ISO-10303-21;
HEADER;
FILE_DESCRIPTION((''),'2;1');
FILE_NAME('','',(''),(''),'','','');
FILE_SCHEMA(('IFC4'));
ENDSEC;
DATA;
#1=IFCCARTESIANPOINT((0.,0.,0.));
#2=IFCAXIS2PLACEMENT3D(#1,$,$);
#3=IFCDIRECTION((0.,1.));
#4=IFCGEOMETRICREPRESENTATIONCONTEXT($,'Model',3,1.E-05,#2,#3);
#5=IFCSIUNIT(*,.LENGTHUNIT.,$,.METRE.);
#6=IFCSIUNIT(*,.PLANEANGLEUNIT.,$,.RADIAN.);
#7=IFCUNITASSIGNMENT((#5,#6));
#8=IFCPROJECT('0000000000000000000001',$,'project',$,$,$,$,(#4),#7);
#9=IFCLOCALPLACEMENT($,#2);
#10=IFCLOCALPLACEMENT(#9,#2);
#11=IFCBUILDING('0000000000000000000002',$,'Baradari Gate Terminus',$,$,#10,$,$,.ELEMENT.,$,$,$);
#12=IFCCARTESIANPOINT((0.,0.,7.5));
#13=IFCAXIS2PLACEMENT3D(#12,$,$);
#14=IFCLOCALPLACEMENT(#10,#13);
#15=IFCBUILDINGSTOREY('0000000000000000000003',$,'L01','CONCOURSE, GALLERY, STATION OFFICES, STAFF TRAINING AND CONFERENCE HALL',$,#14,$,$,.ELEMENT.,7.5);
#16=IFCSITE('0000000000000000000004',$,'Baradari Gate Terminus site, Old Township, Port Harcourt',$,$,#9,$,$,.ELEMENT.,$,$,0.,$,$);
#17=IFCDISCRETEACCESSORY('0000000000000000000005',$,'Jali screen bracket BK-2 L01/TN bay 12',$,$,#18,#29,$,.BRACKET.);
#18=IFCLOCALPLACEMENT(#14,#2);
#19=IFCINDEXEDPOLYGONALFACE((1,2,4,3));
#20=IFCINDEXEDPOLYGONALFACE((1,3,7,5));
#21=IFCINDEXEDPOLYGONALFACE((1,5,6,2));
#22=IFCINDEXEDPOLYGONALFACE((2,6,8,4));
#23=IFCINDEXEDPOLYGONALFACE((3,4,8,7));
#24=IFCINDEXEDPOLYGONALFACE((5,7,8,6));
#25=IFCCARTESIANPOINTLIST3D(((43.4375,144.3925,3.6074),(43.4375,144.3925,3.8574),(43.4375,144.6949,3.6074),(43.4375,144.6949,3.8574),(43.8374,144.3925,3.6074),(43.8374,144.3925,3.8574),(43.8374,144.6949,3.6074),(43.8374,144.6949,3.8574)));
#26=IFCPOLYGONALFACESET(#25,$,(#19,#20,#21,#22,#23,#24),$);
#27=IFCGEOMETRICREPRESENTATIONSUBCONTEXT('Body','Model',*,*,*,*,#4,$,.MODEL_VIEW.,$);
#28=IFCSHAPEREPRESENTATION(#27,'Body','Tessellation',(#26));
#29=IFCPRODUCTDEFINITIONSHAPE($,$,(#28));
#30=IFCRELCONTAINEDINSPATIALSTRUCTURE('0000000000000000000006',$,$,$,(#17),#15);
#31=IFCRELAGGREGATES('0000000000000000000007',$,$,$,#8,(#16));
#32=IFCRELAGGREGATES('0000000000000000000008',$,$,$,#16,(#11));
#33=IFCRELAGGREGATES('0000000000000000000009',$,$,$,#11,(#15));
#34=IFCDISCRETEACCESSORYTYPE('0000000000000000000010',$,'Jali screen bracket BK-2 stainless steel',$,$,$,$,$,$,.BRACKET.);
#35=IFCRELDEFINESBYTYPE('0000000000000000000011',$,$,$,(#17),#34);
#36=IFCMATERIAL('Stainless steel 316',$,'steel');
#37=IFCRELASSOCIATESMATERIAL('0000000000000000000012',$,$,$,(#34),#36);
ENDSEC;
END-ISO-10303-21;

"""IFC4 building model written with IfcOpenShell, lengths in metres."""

from ifc_helpers import new_model, si_unit, direction, frame, origin, origin_2d, place, context, subcontext, project, spatial, rectangle, extrude, material, type_object, element, save


model = new_model("IFC4")

# Units and contexts
model_context = context("Model", 3, precision=1e-05, world=origin(), true_north=direction((0.0, 1.0)))
body_context = subcontext(model_context, "Body", "Model", "MODEL_VIEW")
ifc_project = project(units=[si_unit("LENGTHUNIT", "METRE"), si_unit("PLANEANGLEUNIT", "RADIAN")], contexts=[model_context])

# Site, building, storey
site_placement = place(None, origin())
site = spatial("IfcSite", under=ifc_project, at=site_placement, Name="Baradari Gate Terminus site, Old Township, Port Harcourt", CompositionType="ELEMENT", RefElevation=0.0)
building_placement = place(site_placement, origin())
building = spatial("IfcBuilding", under=site, at=building_placement, Name="Baradari Gate Terminus", CompositionType="ELEMENT")
storey_placement = place(building_placement, frame((0.0, 0.0, 7.5)))
storey = spatial("IfcBuildingStorey", under=building, at=storey_placement, Name="L01", Description="CONCOURSE, GALLERY, STATION OFFICES, STAFF TRAINING AND CONFERENCE HALL", CompositionType="ELEMENT", Elevation=7.5)

# Discrete accessory
ifc_material_1 = material(Name="Stainless steel 316", Category="steel")
discrete_accessory_type_1 = type_object("IfcDiscreteAccessoryType", Name="Jali screen bracket BK-2 stainless steel", PredefinedType="BRACKET", material=ifc_material_1)
for number, where, z_axis, x_axis, name in (
    (1, (43.6375, 144.5437, 3.6074), (0.0, 0.0, 1.0), (0.0, 1.0, 0.0), "Jali screen bracket BK-2 L01/TN bay 12"),
):
    element("IfcDiscreteAccessory", number, at=place(storey_placement, frame(where, z_axis=z_axis, x_axis=x_axis)), inside=storey, type_object=discrete_accessory_type_1, Name=name, PredefinedType="BRACKET", context=body_context, shape_type="SweptSolid", body=[
        extrude(rectangle(XDim=0.3025, YDim=0.3999, at=origin_2d()), origin(), (0.0, 0.0, 1.0), 0.25),
    ])

save(model, "model.ifc")
